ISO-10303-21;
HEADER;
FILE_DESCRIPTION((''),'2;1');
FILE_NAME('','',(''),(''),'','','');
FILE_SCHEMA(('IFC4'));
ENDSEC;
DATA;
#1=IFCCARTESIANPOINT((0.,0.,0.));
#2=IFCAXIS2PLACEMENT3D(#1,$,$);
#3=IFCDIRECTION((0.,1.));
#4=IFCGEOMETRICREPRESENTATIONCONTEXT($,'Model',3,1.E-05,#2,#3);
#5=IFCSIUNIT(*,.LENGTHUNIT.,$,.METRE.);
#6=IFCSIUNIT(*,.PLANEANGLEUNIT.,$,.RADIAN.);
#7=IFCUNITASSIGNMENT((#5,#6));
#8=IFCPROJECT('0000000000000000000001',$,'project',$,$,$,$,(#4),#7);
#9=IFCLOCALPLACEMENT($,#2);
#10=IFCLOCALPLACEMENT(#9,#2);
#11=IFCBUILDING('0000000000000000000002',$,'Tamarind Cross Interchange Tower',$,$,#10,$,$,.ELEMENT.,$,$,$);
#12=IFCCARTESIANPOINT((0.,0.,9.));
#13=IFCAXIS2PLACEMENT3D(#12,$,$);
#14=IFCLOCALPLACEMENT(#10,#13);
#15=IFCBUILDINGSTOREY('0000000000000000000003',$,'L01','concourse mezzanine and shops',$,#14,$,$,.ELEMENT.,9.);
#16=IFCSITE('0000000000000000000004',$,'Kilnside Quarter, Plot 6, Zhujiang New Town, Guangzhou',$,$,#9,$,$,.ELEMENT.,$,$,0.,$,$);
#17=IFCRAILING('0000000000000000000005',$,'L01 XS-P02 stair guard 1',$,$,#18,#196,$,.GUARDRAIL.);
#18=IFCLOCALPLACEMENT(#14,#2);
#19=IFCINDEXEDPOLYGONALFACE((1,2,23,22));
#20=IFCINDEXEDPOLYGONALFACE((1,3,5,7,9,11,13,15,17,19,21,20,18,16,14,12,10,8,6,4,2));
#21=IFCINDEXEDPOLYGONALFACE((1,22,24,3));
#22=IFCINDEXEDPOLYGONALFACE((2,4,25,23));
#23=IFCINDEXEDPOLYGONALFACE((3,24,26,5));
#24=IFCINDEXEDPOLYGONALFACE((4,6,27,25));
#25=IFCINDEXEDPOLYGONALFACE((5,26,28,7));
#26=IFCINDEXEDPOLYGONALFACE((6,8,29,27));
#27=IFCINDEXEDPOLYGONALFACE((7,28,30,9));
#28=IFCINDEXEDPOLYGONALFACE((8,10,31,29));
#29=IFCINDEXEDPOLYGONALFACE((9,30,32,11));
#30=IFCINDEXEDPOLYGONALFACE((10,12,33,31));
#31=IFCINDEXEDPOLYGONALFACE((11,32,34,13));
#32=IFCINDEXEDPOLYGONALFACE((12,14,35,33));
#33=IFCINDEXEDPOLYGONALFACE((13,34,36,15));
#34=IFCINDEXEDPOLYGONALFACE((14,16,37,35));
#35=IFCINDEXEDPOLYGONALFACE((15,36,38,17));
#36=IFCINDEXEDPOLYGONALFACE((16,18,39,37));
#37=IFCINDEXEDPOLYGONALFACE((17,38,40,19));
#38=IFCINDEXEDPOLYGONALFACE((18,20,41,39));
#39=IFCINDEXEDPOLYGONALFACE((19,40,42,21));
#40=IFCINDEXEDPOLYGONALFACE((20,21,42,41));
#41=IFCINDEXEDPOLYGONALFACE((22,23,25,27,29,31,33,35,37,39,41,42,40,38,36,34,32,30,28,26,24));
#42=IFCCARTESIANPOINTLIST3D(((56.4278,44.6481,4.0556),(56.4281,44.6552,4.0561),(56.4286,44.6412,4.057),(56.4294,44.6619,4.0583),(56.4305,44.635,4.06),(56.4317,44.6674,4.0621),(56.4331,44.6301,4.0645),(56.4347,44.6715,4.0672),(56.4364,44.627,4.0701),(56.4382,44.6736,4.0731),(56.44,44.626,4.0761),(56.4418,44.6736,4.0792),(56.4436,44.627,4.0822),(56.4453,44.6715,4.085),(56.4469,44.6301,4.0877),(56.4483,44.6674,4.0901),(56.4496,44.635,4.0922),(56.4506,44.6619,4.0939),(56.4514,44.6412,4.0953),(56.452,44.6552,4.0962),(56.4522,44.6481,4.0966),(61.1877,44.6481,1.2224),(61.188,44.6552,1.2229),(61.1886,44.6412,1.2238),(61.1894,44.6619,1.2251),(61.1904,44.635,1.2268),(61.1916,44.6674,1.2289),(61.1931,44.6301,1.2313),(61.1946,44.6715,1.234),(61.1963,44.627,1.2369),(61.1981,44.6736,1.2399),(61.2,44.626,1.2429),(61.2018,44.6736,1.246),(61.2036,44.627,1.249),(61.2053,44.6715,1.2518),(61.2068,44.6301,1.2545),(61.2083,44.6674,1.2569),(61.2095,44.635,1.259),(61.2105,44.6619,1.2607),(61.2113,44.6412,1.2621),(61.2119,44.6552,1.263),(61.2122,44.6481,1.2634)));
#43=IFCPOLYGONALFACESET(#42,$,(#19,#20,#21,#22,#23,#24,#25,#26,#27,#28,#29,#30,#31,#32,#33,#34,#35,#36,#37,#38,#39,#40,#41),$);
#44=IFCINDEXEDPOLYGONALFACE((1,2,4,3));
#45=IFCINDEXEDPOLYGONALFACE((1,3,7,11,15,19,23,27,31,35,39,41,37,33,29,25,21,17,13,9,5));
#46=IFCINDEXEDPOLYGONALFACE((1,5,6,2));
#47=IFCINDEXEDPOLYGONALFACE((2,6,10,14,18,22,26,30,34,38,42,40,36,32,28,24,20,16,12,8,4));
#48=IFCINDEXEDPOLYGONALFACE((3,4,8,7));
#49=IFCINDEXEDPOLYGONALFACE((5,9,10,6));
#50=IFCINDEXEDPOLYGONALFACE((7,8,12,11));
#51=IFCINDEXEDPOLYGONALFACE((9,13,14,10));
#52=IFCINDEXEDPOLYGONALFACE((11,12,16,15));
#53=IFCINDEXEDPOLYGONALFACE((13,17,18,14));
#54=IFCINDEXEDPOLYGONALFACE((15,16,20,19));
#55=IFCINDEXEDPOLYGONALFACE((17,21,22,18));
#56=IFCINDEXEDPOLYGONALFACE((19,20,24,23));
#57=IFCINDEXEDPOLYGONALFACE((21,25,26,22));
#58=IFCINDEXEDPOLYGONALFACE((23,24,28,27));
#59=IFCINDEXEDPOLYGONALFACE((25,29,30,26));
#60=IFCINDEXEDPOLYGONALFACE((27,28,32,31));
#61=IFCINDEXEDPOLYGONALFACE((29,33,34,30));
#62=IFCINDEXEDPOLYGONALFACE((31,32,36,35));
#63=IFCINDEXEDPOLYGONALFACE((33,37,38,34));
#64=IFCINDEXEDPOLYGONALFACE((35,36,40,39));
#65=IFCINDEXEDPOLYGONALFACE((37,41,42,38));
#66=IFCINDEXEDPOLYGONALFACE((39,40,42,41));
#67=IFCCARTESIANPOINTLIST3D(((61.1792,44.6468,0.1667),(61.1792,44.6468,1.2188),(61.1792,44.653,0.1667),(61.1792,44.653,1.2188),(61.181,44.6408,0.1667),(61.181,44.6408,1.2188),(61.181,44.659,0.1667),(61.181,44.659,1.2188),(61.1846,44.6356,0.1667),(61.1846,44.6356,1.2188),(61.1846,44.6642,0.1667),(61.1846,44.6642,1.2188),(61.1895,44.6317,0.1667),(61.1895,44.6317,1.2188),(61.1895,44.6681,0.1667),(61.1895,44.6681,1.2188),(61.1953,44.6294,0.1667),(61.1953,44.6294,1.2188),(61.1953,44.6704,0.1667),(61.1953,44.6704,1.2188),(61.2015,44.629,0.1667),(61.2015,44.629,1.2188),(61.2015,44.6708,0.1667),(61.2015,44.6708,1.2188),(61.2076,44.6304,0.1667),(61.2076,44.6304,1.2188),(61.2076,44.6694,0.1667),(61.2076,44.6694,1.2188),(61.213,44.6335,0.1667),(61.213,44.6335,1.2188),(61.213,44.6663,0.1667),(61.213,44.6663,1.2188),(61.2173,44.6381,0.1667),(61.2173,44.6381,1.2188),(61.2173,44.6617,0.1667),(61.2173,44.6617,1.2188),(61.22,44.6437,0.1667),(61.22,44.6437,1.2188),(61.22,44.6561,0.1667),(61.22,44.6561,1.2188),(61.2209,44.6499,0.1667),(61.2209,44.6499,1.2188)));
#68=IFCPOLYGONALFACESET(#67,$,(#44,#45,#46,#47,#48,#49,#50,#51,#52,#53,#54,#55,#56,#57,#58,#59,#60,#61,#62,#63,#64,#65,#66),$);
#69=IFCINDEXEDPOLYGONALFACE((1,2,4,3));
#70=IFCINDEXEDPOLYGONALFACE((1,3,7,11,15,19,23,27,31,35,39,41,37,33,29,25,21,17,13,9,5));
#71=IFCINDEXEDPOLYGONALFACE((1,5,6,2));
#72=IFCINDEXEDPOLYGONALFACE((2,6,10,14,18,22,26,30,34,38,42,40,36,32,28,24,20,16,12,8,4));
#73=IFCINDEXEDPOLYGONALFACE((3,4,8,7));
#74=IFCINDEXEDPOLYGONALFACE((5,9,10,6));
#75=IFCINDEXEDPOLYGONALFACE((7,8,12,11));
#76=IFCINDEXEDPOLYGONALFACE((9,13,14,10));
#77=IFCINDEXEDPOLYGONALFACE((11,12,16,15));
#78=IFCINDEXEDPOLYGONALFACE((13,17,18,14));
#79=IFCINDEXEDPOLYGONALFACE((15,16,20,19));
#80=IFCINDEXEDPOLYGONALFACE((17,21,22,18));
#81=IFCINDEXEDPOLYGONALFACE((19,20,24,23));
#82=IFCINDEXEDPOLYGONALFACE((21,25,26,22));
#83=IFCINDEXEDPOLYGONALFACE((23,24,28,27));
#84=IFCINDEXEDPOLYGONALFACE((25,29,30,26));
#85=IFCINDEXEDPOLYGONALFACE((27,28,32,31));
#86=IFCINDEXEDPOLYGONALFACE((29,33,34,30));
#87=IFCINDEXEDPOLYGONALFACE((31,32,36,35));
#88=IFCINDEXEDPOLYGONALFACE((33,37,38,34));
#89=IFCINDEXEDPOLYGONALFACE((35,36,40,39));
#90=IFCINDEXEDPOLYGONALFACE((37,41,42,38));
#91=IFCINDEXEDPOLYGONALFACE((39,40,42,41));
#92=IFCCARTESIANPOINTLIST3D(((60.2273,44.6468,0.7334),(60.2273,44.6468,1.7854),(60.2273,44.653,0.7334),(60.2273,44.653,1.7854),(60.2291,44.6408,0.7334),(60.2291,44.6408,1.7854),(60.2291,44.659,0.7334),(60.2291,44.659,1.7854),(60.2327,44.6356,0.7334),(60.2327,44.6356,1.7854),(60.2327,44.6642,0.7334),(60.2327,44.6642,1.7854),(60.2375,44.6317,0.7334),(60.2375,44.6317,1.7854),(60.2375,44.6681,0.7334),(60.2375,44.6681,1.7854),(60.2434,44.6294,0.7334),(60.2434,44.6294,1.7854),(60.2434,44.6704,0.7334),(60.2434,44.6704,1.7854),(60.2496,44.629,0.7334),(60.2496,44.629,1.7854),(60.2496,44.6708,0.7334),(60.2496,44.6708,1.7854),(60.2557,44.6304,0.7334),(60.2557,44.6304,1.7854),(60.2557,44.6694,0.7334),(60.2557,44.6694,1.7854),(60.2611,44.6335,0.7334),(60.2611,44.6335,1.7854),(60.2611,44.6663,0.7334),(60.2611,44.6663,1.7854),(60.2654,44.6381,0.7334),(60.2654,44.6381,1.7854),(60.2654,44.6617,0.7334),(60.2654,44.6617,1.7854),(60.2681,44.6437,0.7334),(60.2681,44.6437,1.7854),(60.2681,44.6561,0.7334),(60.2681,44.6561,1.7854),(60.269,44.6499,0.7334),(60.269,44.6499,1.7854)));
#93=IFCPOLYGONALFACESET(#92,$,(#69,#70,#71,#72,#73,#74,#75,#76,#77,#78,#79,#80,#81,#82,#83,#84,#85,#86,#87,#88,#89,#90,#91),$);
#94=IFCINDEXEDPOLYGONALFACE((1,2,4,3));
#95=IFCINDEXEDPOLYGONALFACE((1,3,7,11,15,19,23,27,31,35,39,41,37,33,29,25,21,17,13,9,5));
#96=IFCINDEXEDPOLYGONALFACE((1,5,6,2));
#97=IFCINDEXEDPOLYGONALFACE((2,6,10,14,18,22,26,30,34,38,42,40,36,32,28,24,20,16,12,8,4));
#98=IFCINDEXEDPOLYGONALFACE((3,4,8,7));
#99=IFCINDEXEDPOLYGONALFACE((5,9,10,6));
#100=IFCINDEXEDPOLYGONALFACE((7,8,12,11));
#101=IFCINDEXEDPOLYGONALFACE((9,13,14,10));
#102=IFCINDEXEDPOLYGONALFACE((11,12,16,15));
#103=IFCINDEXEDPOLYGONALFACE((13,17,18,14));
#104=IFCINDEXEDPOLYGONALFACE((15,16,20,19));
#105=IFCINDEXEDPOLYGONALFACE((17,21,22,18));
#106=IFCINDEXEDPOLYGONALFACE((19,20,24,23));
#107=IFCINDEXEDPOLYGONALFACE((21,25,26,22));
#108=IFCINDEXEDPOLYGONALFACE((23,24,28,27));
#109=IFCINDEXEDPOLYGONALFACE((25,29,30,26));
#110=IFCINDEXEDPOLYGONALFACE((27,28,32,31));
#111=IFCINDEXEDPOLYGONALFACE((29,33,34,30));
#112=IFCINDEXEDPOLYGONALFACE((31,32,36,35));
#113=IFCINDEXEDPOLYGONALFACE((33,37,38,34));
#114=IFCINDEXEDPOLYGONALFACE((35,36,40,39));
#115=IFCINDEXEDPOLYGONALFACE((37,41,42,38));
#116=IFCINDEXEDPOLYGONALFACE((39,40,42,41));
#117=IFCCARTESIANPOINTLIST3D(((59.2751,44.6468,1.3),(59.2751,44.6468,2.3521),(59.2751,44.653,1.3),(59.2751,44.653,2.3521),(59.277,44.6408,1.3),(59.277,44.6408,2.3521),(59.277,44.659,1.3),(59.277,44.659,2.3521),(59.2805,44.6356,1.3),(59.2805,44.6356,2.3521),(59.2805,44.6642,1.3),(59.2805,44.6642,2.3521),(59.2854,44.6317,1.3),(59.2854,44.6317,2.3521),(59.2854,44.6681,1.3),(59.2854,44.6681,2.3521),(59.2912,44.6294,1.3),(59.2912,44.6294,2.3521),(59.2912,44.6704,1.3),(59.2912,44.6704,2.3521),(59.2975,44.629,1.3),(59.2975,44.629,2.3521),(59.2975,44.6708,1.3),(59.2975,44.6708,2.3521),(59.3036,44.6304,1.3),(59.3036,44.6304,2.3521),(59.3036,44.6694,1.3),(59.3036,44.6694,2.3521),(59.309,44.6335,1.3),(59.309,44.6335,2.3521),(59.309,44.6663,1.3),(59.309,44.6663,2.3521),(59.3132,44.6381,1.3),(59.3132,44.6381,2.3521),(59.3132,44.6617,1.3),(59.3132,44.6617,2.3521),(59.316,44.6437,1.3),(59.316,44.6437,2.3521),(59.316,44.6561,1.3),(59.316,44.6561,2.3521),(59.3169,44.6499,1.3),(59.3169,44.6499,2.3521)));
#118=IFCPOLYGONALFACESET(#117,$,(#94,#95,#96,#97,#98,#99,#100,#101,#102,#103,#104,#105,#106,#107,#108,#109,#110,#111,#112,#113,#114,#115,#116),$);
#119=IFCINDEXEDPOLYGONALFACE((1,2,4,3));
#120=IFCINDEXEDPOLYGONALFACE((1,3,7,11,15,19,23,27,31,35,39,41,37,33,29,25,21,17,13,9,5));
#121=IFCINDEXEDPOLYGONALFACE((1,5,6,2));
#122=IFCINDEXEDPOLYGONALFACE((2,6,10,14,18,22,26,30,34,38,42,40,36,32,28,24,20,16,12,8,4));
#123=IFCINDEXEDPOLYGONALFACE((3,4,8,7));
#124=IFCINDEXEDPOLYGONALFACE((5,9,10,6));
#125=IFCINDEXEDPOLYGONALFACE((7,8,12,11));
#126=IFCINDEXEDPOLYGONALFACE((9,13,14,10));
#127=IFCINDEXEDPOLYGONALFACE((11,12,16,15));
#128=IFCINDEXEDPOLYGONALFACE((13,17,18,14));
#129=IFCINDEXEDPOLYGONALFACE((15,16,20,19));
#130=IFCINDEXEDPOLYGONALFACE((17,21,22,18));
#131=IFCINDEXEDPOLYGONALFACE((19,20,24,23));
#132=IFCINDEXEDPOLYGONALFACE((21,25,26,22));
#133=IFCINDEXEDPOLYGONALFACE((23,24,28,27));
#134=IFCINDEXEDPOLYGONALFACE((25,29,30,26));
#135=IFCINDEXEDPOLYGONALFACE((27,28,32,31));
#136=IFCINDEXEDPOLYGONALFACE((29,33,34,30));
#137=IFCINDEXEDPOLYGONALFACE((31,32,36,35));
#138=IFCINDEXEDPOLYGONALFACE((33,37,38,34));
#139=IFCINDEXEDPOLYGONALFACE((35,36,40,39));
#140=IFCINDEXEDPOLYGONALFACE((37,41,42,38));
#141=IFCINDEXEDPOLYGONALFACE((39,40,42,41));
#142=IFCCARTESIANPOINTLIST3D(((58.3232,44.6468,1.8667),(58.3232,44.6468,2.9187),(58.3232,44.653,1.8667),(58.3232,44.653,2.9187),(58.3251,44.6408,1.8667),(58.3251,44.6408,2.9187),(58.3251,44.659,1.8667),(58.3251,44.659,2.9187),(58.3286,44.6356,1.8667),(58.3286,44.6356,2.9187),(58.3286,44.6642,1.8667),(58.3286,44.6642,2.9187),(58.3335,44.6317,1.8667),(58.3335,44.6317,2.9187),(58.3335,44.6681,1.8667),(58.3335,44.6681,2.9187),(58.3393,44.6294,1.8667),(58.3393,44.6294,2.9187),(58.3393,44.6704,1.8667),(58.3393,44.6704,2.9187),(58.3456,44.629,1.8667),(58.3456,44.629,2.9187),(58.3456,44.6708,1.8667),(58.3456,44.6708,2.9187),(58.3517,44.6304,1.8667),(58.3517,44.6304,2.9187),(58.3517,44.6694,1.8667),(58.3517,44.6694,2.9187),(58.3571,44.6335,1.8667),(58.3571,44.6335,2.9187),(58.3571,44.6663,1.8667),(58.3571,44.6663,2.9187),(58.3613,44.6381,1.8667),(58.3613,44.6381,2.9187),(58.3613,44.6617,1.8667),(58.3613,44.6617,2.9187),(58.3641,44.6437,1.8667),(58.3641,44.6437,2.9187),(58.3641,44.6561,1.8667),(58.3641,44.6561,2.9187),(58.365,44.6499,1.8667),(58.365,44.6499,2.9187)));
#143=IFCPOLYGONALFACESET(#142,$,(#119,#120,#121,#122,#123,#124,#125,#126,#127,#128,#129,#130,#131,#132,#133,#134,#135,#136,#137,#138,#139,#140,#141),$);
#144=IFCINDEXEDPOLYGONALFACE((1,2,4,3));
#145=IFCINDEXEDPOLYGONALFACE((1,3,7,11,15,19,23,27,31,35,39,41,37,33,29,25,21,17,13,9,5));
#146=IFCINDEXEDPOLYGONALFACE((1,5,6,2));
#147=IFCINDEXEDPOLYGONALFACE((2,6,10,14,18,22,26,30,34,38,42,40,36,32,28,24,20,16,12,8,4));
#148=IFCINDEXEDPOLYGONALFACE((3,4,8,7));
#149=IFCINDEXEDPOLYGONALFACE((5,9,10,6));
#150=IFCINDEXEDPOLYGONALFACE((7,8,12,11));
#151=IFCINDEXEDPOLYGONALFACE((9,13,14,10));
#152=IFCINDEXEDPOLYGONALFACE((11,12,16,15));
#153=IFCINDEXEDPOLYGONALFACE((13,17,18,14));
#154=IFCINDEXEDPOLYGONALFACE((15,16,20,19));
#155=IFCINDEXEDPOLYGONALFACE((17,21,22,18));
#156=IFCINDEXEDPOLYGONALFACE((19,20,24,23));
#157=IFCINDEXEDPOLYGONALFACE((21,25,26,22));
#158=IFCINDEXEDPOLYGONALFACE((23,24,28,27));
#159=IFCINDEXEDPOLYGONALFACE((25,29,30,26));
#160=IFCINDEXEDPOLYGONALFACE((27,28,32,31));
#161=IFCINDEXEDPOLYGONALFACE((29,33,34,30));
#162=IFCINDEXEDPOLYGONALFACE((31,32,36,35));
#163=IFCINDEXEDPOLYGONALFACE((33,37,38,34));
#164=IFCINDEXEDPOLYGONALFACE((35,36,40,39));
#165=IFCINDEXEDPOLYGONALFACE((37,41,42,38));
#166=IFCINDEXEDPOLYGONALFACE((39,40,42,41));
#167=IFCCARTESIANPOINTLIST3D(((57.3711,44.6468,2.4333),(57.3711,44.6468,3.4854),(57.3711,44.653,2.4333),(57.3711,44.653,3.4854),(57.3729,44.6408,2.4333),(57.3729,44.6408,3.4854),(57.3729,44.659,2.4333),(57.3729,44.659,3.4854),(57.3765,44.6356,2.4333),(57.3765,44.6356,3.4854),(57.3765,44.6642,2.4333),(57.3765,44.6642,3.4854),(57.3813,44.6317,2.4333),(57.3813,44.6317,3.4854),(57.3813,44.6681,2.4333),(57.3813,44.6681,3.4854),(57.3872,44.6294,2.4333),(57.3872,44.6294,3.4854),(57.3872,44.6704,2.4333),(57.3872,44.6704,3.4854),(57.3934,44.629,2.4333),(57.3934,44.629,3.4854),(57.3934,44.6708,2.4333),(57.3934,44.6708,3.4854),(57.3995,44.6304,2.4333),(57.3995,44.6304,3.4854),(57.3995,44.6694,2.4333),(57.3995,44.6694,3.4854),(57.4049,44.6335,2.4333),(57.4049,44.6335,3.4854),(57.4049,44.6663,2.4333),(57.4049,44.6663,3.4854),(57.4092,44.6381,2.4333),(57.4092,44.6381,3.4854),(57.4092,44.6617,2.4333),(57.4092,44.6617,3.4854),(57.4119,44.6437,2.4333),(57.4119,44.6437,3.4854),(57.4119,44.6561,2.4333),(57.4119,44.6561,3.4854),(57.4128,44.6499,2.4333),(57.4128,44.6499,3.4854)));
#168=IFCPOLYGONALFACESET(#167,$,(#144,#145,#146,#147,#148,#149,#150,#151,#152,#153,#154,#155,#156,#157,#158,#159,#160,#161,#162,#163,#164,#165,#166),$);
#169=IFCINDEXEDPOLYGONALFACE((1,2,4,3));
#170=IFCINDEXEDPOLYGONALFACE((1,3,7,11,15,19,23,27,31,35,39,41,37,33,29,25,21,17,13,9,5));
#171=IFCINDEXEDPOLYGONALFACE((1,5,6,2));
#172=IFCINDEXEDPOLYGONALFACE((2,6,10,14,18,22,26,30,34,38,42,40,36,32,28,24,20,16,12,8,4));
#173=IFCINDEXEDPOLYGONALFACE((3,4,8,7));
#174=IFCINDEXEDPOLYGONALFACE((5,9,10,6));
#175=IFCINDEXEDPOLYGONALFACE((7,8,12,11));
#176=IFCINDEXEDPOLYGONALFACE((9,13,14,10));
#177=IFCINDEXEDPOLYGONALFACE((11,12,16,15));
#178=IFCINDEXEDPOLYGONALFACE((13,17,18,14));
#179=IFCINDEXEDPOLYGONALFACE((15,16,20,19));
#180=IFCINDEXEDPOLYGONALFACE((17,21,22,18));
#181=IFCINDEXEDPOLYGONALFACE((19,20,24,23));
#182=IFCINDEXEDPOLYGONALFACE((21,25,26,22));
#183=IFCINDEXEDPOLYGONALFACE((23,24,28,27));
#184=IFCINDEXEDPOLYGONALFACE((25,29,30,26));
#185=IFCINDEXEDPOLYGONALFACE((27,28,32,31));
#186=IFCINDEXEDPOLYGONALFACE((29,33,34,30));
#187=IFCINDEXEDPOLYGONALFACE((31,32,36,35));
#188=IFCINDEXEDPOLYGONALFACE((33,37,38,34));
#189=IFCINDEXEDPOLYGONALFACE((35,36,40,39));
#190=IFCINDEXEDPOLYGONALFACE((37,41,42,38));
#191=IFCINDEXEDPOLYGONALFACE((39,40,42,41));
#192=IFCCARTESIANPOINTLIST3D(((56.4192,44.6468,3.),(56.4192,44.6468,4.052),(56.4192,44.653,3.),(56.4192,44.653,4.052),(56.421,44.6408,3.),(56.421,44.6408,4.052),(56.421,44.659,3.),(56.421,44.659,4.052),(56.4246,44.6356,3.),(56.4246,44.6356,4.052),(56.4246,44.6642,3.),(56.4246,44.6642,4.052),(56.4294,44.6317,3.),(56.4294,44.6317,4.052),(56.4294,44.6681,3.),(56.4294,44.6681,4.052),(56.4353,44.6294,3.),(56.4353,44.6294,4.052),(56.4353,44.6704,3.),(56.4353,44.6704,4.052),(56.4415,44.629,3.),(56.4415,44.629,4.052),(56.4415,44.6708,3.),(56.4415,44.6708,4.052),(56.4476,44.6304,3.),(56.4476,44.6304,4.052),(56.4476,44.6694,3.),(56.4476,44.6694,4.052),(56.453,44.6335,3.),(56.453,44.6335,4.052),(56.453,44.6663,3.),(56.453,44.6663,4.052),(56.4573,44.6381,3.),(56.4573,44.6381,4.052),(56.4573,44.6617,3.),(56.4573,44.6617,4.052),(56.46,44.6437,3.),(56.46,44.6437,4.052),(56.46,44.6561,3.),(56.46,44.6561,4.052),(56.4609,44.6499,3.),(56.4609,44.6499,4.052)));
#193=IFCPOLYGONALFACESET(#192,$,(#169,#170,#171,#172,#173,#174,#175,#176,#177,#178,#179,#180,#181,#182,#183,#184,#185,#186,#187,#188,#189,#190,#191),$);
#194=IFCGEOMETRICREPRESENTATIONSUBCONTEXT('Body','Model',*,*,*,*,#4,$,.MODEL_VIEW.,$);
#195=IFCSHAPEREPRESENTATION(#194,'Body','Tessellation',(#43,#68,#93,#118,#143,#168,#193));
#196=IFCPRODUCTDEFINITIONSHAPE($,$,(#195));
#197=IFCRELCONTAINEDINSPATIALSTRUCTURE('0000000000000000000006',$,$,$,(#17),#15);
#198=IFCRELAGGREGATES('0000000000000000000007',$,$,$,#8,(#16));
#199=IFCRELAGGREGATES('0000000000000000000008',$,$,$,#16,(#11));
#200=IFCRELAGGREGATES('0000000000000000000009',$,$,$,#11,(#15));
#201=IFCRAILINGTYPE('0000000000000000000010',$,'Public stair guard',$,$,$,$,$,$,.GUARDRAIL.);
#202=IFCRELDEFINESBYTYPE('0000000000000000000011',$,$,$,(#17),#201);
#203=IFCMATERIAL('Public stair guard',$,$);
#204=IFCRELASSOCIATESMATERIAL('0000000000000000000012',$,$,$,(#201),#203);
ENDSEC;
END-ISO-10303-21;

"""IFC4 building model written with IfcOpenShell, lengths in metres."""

from ifc_helpers import new_model, si_unit, direction, frame, origin, origin_2d, place, context, subcontext, project, spatial, circle, extrude, material, type_object, element, save


model = new_model("IFC4")

# Units and contexts
model_context = context("Model", 3, precision=1e-05, world=origin(), true_north=direction((0.0, 1.0)))
body_context = subcontext(model_context, "Body", "Model", "MODEL_VIEW")
ifc_project = project(units=[si_unit("LENGTHUNIT", "METRE"), si_unit("PLANEANGLEUNIT", "RADIAN")], contexts=[model_context])

# Site, building, storey
site_placement = place(None, origin())
site = spatial("IfcSite", under=ifc_project, at=site_placement, Name="Kilnside Quarter, Plot 6, Zhujiang New Town, Guangzhou", CompositionType="ELEMENT", RefElevation=0.0)
building_placement = place(site_placement, origin())
building = spatial("IfcBuilding", under=site, at=building_placement, Name="Tamarind Cross Interchange Tower", CompositionType="ELEMENT")
storey_placement = place(building_placement, frame((0.0, 0.0, 9.0)))
storey = spatial("IfcBuildingStorey", under=building, at=storey_placement, Name="L01", Description="concourse mezzanine and shops", CompositionType="ELEMENT", Elevation=9.0)

# Railing
ifc_material_1 = material(Name="Public stair guard")
railing_type_1 = type_object("IfcRailingType", Name="Public stair guard", PredefinedType="GUARDRAIL", material=ifc_material_1)
railing_1_placement = place(storey_placement, frame((61.2, 44.6499, 0.1667)))
element("IfcRailing", 1, at=railing_1_placement, inside=storey, type_object=railing_type_1, Name="L01 XS-P02 stair guard 1", PredefinedType="GUARDRAIL", context=body_context, shape_type="SweptSolid", body=[
    extrude(circle(Radius=0.0239, at=origin_2d()), frame((0.0, 0.0, 1.0762), z_axis=(-0.8593, 0.0, 0.511472), x_axis=(0.0, -1.0, 0.0)), (0.0, 0.0, 1.0), 5.5393),
    extrude(circle(Radius=0.021, at=origin_2d()), origin(), (0.0, 0.0, 1.0), 1.052),
    extrude(circle(Radius=0.021, at=origin_2d()), frame((-0.9519, 0.0, 0.5667)), (0.0, 0.0, 1.0), 1.052),
    extrude(circle(Radius=0.021, at=origin_2d()), frame((-1.9041, 0.0, 1.1333)), (0.0, 0.0, 1.0), 1.052),
    extrude(circle(Radius=0.021, at=origin_2d()), frame((-2.856, 0.0, 1.7)), (0.0, 0.0, 1.0), 1.052),
    extrude(circle(Radius=0.021, at=origin_2d()), frame((-3.8081, 0.0, 2.2666)), (0.0, 0.0, 1.0), 1.052),
    extrude(circle(Radius=0.021, at=origin_2d()), frame((-4.76, 0.0, 2.8333)), (0.0, 0.0, 1.0), 1.052),
])

save(model, "model.ifc")
